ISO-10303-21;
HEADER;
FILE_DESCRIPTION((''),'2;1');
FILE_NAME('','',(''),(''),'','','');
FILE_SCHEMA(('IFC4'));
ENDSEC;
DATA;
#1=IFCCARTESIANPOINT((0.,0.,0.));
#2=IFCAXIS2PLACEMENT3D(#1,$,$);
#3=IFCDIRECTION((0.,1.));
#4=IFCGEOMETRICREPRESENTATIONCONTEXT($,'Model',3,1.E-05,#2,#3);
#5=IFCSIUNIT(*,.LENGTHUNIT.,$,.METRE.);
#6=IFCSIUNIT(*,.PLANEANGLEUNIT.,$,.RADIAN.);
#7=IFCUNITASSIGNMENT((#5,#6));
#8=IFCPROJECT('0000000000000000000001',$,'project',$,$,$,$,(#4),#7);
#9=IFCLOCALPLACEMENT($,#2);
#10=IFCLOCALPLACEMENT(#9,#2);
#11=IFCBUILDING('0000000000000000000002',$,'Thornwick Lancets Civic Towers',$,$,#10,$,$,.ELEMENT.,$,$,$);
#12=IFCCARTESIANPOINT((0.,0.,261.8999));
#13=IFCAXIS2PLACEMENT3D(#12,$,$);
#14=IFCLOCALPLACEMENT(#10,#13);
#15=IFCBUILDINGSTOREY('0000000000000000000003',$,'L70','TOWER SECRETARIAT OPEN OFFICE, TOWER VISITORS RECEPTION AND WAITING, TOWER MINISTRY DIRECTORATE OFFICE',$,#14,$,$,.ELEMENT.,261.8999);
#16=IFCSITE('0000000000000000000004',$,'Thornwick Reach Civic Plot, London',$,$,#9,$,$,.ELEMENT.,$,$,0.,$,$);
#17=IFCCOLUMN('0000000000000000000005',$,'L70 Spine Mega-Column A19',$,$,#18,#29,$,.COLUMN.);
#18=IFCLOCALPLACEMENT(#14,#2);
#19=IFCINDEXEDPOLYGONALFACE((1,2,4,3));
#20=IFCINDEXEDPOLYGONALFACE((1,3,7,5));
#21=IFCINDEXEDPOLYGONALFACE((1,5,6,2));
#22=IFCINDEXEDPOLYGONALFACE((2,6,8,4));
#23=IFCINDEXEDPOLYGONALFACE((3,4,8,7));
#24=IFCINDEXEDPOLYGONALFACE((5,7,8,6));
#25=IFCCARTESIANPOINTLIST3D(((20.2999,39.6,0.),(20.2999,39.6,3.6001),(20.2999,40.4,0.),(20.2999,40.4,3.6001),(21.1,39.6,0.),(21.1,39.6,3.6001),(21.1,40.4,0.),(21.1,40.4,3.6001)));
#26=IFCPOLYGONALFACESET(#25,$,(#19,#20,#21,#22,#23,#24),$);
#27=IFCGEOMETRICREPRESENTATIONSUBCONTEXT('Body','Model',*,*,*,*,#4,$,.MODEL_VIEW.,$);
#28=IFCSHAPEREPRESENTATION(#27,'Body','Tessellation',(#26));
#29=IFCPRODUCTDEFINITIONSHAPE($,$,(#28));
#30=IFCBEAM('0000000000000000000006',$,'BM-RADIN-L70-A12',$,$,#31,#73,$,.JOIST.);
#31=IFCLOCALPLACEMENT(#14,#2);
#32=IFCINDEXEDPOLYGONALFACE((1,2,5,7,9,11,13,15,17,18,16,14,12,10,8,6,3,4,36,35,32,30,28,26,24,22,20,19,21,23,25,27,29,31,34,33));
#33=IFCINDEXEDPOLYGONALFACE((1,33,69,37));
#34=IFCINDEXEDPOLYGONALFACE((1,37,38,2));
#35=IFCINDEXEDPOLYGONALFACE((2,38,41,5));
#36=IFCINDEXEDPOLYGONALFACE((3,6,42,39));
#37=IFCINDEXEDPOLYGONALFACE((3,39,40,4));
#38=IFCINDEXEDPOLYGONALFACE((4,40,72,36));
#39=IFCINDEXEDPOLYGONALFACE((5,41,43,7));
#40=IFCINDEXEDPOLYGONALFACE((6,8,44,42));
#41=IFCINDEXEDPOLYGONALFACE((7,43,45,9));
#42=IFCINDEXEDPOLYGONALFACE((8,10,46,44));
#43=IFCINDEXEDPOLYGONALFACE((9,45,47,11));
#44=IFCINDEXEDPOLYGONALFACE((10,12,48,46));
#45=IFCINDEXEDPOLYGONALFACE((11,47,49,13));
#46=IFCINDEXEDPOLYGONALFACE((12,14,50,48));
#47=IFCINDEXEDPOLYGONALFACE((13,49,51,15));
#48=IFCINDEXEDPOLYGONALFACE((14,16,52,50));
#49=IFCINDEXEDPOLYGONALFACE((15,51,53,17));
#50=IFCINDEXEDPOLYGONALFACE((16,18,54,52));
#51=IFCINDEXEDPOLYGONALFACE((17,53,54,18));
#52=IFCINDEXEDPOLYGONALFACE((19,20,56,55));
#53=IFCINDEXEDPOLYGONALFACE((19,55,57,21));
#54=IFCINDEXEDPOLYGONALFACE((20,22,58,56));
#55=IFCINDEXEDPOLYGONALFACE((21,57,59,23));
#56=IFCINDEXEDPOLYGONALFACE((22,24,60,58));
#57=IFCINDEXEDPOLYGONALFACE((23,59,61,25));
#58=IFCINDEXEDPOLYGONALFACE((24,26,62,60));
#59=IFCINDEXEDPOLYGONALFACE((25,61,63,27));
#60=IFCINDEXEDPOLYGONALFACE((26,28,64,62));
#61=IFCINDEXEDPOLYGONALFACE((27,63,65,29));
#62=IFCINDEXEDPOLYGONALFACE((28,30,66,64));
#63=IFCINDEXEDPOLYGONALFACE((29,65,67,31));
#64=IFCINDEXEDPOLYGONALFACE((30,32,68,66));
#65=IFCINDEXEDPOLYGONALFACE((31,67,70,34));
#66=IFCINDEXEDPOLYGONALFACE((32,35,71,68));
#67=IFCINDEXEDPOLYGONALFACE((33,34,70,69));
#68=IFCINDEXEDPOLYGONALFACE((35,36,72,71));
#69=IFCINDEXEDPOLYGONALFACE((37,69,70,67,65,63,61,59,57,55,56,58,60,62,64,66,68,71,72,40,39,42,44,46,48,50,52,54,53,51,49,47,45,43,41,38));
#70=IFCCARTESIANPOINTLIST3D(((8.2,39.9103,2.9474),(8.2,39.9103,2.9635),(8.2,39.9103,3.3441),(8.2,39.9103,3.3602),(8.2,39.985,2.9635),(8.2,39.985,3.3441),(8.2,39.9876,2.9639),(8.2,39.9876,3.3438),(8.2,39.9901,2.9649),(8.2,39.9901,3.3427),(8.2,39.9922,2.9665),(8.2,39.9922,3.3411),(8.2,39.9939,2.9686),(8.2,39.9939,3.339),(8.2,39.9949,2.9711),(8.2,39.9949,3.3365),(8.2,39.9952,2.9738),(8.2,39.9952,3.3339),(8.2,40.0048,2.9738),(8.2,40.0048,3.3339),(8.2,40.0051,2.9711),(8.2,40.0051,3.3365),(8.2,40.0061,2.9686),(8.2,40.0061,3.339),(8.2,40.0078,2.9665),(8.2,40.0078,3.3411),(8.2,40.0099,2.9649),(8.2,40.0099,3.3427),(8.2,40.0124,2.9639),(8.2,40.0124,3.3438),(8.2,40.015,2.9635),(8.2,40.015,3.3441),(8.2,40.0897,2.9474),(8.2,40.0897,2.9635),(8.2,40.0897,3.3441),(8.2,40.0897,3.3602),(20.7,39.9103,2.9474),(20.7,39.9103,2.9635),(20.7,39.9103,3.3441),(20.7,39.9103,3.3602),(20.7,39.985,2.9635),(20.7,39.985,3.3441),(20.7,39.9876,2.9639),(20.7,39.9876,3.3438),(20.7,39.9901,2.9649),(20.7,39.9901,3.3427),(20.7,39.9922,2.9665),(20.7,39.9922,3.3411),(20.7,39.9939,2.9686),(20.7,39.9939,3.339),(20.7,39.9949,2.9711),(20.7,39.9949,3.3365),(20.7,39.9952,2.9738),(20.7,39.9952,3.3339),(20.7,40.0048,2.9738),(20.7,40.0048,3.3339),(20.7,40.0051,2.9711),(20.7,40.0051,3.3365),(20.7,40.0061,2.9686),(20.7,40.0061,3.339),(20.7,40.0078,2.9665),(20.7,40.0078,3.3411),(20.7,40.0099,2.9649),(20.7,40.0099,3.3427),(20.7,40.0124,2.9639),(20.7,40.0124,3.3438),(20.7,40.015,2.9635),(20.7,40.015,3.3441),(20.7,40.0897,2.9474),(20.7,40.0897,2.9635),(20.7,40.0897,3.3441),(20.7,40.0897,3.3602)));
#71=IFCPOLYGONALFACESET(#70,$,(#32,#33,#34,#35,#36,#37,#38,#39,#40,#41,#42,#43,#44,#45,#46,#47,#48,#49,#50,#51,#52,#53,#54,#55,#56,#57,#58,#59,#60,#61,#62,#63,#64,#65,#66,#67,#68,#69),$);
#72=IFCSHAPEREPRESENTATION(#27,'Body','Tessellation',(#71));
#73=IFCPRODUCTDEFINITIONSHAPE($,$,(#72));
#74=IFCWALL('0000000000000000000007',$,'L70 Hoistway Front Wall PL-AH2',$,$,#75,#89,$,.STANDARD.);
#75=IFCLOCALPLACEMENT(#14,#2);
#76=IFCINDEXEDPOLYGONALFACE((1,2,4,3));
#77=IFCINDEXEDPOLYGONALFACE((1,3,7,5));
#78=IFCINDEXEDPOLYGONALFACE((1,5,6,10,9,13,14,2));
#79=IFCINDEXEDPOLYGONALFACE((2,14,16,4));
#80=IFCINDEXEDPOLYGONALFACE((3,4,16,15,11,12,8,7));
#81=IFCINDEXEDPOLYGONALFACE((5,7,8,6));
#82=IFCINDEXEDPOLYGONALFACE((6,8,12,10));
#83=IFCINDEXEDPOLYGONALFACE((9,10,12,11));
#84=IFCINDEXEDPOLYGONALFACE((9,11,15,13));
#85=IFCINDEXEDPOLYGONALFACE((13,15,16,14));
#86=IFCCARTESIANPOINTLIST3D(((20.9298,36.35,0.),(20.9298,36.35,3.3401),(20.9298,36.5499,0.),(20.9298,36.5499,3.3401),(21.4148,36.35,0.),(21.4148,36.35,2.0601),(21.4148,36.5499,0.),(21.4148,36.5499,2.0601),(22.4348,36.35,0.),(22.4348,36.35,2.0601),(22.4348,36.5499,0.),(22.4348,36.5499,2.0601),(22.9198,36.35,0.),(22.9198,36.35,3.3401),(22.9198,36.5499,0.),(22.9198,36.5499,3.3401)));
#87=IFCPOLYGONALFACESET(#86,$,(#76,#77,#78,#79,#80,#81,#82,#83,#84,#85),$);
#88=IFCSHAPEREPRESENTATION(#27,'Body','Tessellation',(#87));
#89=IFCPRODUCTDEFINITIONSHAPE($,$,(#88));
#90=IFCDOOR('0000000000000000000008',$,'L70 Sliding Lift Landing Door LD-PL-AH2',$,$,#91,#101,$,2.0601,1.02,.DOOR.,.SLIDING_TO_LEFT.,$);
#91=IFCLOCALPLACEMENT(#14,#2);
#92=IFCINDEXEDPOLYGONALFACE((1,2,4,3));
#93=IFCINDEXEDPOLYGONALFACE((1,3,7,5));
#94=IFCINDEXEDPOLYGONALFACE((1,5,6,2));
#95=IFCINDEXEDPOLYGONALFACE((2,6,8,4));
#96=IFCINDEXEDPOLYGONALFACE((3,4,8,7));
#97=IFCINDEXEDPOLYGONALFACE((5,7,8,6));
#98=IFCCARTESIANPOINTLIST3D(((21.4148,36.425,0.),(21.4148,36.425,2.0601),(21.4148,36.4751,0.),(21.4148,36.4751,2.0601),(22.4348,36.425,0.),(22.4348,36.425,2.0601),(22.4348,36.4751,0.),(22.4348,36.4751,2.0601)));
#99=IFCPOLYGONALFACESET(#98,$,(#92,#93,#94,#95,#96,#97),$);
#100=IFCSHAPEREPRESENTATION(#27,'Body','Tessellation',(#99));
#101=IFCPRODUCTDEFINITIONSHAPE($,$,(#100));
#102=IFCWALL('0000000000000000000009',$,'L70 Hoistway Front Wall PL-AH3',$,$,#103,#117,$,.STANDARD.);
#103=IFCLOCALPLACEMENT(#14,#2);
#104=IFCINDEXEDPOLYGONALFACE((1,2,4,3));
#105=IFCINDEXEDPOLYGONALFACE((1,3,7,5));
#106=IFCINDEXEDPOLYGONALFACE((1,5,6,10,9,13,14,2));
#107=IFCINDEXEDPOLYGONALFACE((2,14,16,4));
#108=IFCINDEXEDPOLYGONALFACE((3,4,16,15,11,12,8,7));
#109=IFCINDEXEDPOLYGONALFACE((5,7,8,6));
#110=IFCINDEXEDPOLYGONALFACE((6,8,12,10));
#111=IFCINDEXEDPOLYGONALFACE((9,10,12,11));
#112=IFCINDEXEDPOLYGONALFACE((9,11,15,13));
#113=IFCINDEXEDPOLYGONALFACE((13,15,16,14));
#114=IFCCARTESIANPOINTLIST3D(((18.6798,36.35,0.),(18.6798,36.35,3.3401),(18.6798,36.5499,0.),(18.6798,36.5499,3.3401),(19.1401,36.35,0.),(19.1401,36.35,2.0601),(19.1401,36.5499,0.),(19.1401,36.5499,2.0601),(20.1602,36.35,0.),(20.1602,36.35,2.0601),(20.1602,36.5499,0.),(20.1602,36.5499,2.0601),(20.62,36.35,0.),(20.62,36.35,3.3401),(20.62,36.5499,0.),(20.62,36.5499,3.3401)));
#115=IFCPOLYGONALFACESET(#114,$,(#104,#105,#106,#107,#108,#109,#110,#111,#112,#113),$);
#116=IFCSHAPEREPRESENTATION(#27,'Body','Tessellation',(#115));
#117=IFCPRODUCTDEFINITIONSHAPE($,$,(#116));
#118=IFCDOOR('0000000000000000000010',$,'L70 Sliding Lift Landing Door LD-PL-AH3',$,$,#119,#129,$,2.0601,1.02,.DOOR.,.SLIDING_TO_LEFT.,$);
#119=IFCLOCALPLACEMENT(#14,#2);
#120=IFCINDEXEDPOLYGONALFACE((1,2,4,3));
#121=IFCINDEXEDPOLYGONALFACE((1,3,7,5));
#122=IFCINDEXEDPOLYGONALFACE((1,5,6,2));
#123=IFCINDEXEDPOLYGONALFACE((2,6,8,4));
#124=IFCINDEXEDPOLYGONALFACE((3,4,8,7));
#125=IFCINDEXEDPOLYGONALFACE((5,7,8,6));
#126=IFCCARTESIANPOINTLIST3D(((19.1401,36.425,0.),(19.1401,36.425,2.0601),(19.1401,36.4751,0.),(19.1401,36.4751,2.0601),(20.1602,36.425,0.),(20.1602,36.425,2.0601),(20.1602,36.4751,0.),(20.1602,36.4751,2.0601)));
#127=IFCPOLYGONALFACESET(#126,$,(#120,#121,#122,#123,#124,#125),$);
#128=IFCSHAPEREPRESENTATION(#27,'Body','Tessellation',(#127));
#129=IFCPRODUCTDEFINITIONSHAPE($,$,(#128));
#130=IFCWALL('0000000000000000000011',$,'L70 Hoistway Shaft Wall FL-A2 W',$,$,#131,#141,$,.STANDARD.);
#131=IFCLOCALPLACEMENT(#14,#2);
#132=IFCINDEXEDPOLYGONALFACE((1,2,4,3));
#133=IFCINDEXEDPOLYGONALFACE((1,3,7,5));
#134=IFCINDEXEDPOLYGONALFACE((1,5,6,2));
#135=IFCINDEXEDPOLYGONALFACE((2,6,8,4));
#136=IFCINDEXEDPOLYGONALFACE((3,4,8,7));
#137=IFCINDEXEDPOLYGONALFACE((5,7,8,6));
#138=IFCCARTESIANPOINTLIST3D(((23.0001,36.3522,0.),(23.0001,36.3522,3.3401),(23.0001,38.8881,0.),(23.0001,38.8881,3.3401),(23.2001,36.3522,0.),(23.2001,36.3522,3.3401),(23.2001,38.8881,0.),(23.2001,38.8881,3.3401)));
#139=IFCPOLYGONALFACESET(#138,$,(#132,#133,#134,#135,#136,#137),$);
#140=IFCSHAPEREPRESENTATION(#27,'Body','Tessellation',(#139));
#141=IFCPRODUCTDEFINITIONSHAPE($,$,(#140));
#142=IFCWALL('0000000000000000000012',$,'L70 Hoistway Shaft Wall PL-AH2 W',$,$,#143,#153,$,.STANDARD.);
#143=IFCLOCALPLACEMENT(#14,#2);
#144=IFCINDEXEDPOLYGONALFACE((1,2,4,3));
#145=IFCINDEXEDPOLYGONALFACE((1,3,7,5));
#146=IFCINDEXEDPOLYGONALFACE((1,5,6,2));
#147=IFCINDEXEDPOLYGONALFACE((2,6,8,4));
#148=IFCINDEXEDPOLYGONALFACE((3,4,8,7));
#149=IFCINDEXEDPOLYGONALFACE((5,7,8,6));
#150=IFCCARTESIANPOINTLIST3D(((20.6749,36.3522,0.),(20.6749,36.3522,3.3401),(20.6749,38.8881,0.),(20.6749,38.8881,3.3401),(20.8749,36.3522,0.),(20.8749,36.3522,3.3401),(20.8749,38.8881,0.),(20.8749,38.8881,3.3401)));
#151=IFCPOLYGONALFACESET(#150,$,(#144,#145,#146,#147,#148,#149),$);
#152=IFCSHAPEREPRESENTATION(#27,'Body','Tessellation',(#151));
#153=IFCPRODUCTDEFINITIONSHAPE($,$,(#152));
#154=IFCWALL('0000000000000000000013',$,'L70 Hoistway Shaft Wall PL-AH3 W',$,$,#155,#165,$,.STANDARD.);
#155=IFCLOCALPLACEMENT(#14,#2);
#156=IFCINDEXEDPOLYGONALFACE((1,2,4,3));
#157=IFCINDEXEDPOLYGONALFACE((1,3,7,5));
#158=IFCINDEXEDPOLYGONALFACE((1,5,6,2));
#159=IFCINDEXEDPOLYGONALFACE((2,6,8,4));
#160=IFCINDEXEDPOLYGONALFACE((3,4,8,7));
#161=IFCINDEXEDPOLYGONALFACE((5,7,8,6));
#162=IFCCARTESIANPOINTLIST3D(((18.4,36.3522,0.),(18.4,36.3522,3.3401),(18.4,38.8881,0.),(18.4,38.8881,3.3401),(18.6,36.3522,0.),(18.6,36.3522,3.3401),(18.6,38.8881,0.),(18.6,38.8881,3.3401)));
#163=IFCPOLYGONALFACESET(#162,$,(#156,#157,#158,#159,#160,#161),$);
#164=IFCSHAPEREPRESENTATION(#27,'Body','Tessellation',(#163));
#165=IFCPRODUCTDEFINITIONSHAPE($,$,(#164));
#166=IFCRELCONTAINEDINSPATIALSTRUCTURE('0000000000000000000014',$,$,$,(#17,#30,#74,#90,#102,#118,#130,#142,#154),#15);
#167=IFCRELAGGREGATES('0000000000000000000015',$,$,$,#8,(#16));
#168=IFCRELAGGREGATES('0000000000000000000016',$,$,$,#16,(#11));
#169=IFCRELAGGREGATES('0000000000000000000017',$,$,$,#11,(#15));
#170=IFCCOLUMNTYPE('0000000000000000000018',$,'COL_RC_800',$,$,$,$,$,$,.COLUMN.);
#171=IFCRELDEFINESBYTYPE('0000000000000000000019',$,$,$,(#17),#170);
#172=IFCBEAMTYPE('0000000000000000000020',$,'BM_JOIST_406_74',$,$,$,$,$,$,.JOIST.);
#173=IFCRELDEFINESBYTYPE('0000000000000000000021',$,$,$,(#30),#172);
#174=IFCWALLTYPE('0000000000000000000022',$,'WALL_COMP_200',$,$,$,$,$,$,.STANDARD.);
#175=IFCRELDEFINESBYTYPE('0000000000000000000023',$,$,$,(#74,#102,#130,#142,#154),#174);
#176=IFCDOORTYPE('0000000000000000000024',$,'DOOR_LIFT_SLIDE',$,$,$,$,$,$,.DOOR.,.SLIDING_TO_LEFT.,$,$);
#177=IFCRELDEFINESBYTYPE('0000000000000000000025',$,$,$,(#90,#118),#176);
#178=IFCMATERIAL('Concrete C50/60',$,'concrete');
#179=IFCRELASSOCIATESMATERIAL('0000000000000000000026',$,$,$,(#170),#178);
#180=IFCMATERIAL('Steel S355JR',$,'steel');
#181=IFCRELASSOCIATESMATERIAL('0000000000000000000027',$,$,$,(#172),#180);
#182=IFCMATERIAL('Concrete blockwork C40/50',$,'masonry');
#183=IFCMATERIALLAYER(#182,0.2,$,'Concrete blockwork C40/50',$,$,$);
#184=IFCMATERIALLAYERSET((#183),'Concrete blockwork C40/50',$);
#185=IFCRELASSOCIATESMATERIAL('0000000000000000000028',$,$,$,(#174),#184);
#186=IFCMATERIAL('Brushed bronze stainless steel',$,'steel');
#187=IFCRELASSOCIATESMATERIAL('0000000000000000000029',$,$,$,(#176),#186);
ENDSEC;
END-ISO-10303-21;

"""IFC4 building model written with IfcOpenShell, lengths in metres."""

from ifc_helpers import new_model, si_unit, direction, frame, frame_2d, origin, origin_2d, place, context, subcontext, project, spatial, rectangle, i_section, extrude, material, layer, layer_set, material_profile, profile_set, type_object, element, fill, save


model = new_model("IFC4")

# Units and contexts
model_context = context("Model", 3, precision=1e-05, world=origin(), true_north=direction((0.0, 1.0)))
body_context = subcontext(model_context, "Body", "Model", "MODEL_VIEW")
ifc_project = project(units=[si_unit("LENGTHUNIT", "METRE"), si_unit("PLANEANGLEUNIT", "RADIAN")], contexts=[model_context])

# Site, building, storey
site_placement = place(None, origin())
site = spatial("IfcSite", under=ifc_project, at=site_placement, Name="Thornwick Reach Civic Plot, London", CompositionType="ELEMENT", RefElevation=0.0)
building_placement = place(site_placement, origin())
building = spatial("IfcBuilding", under=site, at=building_placement, Name="Thornwick Lancets Civic Towers", CompositionType="ELEMENT")
storey_placement = place(building_placement, frame((0.0, 0.0, 261.8999)))
storey = spatial("IfcBuildingStorey", under=building, at=storey_placement, Name="L70", Description="TOWER SECRETARIAT OPEN OFFICE, TOWER VISITORS RECEPTION AND WAITING, TOWER MINISTRY DIRECTORATE OFFICE", CompositionType="ELEMENT", Elevation=261.8999)

# Column
ifc_material_1 = material(Name="Concrete C50/60", Category="concrete")
ifc_material_profile_1 = material_profile(ifc_material_1, rectangle(XDim=0.8, YDim=0.8, at=origin_2d()), Name="RC 800x800")
ifc_profile_set_1 = profile_set([ifc_material_profile_1], Name="Concrete C50/60")
column_type = type_object("IfcColumnType", Name="COL_RC_800", PredefinedType="COLUMN", material=ifc_profile_set_1)
column_placement = place(storey_placement, frame((20.7, 40.0, 0.0), z_axis=(0.0, 0.0, 1.0), x_axis=(1.0, 0.0, 0.0)))
element("IfcColumn", 1, at=column_placement, inside=storey, type_object=column_type, Name="L70 Spine Mega-Column A19", PredefinedType="COLUMN", context=body_context, shape_type="SweptSolid", body=[
    extrude(rectangle(XDim=0.8, YDim=0.8, at=origin_2d()), origin(), (0.0, 0.0, 1.0), 3.6001),
])

# Beam
ifc_material_2 = material(Name="Steel S355JR", Category="steel")
ifc_material_profile_2 = material_profile(ifc_material_2, i_section(OverallWidth=0.1794, OverallDepth=0.4128, WebThickness=0.0095, FlangeThickness=0.0161, FilletRadius=0.0103, at=origin_2d()), Name="UKB 406x178x74")
ifc_profile_set_2 = profile_set([ifc_material_profile_2], Name="Steel S355JR")
beam_type = type_object("IfcBeamType", Name="BM_JOIST_406_74", PredefinedType="JOIST", material=ifc_profile_set_2)
beam_placement = place(storey_placement, frame((20.7, 40.0, 3.1538), z_axis=(-1.0, 0.0, 0.0), x_axis=(0.0, -1.0, 0.0)))
element("IfcBeam", 2, at=beam_placement, inside=storey, type_object=beam_type, Name="BM-RADIN-L70-A12", PredefinedType="JOIST", context=body_context, shape_type="SweptSolid", body=[
    extrude(i_section(OverallWidth=0.1794, OverallDepth=0.4128, WebThickness=0.0095, FlangeThickness=0.0161, FilletRadius=0.0103, at=origin_2d()), origin(), (0.0, 0.0, 1.0), 12.5),
])

# Walls, openings, doors
ifc_material_3 = material(Name="Concrete blockwork C40/50", Category="masonry")
ifc_layer_1 = layer(ifc_material_3, 0.2, Name="Concrete blockwork C40/50")
ifc_layer_set_1 = layer_set([ifc_layer_1], Name="Concrete blockwork C40/50")
wall_type_1 = type_object("IfcWallType", Name="WALL_COMP_200", PredefinedType="STANDARD", material=ifc_layer_set_1)
wall_1_placement = place(storey_placement, frame((22.9199, 36.45, 0.0), z_axis=(0.0, 0.0, 1.0), x_axis=(-1.0, 0.0, 0.0)))
wall_1 = element("IfcWall", 3, at=wall_1_placement, inside=storey, type_object=wall_type_1, Name="L70 Hoistway Front Wall PL-AH2", PredefinedType="STANDARD", context=body_context, shape_type="SweptSolid", body=[
    extrude(rectangle(XDim=1.99, YDim=0.2, at=frame_2d((0.9951, 0.0))), origin(), (0.0, 0.0, 1.0), 3.3401),
])
opening_1_placement = place(wall_1_placement, frame((0.4851, 0.0, 0.0)))
opening_1 = element("IfcOpeningElement", 4, at=opening_1_placement, cuts=wall_1, PredefinedType="OPENING", context=body_context, shape_type="SweptSolid", body=[
    extrude(rectangle(XDim=1.02, YDim=2.0601, at=frame_2d((0.51, 1.03))), frame((0.0, 0.1099, 0.0), z_axis=(0.0, -1.0, 0.0), x_axis=(1.0, 0.0, 0.0)), (0.0, 0.0, 1.0), 0.22),
])
ifc_material_4 = material(Name="Brushed bronze stainless steel", Category="steel")
door_type_1 = type_object("IfcDoorType", Name="DOOR_LIFT_SLIDE", OperationType="SLIDING_TO_LEFT", PredefinedType="DOOR", material=ifc_material_4)
door_1_placement = place(opening_1_placement, origin())
door_1 = element("IfcDoor", 5, at=door_1_placement, inside=storey, type_object=door_type_1, Name="L70 Sliding Lift Landing Door LD-PL-AH2", OperationType="SLIDING_TO_LEFT", OverallHeight=2.0601, OverallWidth=1.02, PredefinedType="DOOR", context=body_context, shape_type="SweptSolid", body=[
    extrude(rectangle(XDim=1.02, YDim=2.0601, at=frame_2d((0.51, 1.03))), frame((0.0, 0.0249, 0.0), z_axis=(0.0, -1.0, 0.0), x_axis=(1.0, 0.0, 0.0)), (0.0, 0.0, 1.0), 0.05),
])
fill(opening_1, door_1)
wall_2_placement = place(storey_placement, frame((20.6201, 36.45, 0.0), z_axis=(0.0, 0.0, 1.0), x_axis=(-1.0, 0.0, 0.0)))
wall_2 = element("IfcWall", 6, at=wall_2_placement, inside=storey, type_object=wall_type_1, Name="L70 Hoistway Front Wall PL-AH3", PredefinedType="STANDARD", context=body_context, shape_type="SweptSolid", body=[
    extrude(rectangle(XDim=1.9402, YDim=0.2, at=frame_2d((0.9702, 0.0))), origin(), (0.0, 0.0, 1.0), 3.3401),
])
opening_2_placement = place(wall_2_placement, frame((0.46, 0.0, 0.0)))
opening_2 = element("IfcOpeningElement", 7, at=opening_2_placement, cuts=wall_2, PredefinedType="OPENING", context=body_context, shape_type="SweptSolid", body=[
    extrude(rectangle(XDim=1.02, YDim=2.0601, at=frame_2d((0.51, 1.03))), frame((0.0, 0.1099, 0.0), z_axis=(0.0, -1.0, 0.0), x_axis=(1.0, 0.0, 0.0)), (0.0, 0.0, 1.0), 0.22),
])
door_2_placement = place(opening_2_placement, origin())
door_2 = element("IfcDoor", 8, at=door_2_placement, inside=storey, type_object=door_type_1, Name="L70 Sliding Lift Landing Door LD-PL-AH3", OperationType="SLIDING_TO_LEFT", OverallHeight=2.0601, OverallWidth=1.02, PredefinedType="DOOR", context=body_context, shape_type="SweptSolid", body=[
    extrude(rectangle(XDim=1.02, YDim=2.0601, at=frame_2d((0.51, 1.03))), frame((0.0, 0.0249, 0.0), z_axis=(0.0, -1.0, 0.0), x_axis=(1.0, 0.0, 0.0)), (0.0, 0.0, 1.0), 0.05),
])
fill(opening_2, door_2)

# Walls
for number, where, z_axis, x_axis, name in (
    (9, (23.1001, 36.3521, 0.0), (0.0, 0.0, 1.0), (0.0, 1.0, 0.0), "L70 Hoistway Shaft Wall FL-A2 W"),
    (10, (20.7749, 36.3521, 0.0), (0.0, 0.0, 1.0), (0.0, 1.0, 0.0), "L70 Hoistway Shaft Wall PL-AH2 W"),
    (11, (18.5, 36.3521, 0.0), (0.0, 0.0, 1.0), (0.0, 1.0, 0.0), "L70 Hoistway Shaft Wall PL-AH3 W"),
):
    element("IfcWall", number, at=place(storey_placement, frame(where, z_axis=z_axis, x_axis=x_axis)), inside=storey, type_object=wall_type_1, Name=name, PredefinedType="STANDARD", context=body_context, shape_type="SweptSolid", body=[
        extrude(rectangle(XDim=2.5359, YDim=0.2, at=frame_2d((1.2681, 0.0))), origin(), (0.0, 0.0, 1.0), 3.3401),
    ])

save(model, "model.ifc")
